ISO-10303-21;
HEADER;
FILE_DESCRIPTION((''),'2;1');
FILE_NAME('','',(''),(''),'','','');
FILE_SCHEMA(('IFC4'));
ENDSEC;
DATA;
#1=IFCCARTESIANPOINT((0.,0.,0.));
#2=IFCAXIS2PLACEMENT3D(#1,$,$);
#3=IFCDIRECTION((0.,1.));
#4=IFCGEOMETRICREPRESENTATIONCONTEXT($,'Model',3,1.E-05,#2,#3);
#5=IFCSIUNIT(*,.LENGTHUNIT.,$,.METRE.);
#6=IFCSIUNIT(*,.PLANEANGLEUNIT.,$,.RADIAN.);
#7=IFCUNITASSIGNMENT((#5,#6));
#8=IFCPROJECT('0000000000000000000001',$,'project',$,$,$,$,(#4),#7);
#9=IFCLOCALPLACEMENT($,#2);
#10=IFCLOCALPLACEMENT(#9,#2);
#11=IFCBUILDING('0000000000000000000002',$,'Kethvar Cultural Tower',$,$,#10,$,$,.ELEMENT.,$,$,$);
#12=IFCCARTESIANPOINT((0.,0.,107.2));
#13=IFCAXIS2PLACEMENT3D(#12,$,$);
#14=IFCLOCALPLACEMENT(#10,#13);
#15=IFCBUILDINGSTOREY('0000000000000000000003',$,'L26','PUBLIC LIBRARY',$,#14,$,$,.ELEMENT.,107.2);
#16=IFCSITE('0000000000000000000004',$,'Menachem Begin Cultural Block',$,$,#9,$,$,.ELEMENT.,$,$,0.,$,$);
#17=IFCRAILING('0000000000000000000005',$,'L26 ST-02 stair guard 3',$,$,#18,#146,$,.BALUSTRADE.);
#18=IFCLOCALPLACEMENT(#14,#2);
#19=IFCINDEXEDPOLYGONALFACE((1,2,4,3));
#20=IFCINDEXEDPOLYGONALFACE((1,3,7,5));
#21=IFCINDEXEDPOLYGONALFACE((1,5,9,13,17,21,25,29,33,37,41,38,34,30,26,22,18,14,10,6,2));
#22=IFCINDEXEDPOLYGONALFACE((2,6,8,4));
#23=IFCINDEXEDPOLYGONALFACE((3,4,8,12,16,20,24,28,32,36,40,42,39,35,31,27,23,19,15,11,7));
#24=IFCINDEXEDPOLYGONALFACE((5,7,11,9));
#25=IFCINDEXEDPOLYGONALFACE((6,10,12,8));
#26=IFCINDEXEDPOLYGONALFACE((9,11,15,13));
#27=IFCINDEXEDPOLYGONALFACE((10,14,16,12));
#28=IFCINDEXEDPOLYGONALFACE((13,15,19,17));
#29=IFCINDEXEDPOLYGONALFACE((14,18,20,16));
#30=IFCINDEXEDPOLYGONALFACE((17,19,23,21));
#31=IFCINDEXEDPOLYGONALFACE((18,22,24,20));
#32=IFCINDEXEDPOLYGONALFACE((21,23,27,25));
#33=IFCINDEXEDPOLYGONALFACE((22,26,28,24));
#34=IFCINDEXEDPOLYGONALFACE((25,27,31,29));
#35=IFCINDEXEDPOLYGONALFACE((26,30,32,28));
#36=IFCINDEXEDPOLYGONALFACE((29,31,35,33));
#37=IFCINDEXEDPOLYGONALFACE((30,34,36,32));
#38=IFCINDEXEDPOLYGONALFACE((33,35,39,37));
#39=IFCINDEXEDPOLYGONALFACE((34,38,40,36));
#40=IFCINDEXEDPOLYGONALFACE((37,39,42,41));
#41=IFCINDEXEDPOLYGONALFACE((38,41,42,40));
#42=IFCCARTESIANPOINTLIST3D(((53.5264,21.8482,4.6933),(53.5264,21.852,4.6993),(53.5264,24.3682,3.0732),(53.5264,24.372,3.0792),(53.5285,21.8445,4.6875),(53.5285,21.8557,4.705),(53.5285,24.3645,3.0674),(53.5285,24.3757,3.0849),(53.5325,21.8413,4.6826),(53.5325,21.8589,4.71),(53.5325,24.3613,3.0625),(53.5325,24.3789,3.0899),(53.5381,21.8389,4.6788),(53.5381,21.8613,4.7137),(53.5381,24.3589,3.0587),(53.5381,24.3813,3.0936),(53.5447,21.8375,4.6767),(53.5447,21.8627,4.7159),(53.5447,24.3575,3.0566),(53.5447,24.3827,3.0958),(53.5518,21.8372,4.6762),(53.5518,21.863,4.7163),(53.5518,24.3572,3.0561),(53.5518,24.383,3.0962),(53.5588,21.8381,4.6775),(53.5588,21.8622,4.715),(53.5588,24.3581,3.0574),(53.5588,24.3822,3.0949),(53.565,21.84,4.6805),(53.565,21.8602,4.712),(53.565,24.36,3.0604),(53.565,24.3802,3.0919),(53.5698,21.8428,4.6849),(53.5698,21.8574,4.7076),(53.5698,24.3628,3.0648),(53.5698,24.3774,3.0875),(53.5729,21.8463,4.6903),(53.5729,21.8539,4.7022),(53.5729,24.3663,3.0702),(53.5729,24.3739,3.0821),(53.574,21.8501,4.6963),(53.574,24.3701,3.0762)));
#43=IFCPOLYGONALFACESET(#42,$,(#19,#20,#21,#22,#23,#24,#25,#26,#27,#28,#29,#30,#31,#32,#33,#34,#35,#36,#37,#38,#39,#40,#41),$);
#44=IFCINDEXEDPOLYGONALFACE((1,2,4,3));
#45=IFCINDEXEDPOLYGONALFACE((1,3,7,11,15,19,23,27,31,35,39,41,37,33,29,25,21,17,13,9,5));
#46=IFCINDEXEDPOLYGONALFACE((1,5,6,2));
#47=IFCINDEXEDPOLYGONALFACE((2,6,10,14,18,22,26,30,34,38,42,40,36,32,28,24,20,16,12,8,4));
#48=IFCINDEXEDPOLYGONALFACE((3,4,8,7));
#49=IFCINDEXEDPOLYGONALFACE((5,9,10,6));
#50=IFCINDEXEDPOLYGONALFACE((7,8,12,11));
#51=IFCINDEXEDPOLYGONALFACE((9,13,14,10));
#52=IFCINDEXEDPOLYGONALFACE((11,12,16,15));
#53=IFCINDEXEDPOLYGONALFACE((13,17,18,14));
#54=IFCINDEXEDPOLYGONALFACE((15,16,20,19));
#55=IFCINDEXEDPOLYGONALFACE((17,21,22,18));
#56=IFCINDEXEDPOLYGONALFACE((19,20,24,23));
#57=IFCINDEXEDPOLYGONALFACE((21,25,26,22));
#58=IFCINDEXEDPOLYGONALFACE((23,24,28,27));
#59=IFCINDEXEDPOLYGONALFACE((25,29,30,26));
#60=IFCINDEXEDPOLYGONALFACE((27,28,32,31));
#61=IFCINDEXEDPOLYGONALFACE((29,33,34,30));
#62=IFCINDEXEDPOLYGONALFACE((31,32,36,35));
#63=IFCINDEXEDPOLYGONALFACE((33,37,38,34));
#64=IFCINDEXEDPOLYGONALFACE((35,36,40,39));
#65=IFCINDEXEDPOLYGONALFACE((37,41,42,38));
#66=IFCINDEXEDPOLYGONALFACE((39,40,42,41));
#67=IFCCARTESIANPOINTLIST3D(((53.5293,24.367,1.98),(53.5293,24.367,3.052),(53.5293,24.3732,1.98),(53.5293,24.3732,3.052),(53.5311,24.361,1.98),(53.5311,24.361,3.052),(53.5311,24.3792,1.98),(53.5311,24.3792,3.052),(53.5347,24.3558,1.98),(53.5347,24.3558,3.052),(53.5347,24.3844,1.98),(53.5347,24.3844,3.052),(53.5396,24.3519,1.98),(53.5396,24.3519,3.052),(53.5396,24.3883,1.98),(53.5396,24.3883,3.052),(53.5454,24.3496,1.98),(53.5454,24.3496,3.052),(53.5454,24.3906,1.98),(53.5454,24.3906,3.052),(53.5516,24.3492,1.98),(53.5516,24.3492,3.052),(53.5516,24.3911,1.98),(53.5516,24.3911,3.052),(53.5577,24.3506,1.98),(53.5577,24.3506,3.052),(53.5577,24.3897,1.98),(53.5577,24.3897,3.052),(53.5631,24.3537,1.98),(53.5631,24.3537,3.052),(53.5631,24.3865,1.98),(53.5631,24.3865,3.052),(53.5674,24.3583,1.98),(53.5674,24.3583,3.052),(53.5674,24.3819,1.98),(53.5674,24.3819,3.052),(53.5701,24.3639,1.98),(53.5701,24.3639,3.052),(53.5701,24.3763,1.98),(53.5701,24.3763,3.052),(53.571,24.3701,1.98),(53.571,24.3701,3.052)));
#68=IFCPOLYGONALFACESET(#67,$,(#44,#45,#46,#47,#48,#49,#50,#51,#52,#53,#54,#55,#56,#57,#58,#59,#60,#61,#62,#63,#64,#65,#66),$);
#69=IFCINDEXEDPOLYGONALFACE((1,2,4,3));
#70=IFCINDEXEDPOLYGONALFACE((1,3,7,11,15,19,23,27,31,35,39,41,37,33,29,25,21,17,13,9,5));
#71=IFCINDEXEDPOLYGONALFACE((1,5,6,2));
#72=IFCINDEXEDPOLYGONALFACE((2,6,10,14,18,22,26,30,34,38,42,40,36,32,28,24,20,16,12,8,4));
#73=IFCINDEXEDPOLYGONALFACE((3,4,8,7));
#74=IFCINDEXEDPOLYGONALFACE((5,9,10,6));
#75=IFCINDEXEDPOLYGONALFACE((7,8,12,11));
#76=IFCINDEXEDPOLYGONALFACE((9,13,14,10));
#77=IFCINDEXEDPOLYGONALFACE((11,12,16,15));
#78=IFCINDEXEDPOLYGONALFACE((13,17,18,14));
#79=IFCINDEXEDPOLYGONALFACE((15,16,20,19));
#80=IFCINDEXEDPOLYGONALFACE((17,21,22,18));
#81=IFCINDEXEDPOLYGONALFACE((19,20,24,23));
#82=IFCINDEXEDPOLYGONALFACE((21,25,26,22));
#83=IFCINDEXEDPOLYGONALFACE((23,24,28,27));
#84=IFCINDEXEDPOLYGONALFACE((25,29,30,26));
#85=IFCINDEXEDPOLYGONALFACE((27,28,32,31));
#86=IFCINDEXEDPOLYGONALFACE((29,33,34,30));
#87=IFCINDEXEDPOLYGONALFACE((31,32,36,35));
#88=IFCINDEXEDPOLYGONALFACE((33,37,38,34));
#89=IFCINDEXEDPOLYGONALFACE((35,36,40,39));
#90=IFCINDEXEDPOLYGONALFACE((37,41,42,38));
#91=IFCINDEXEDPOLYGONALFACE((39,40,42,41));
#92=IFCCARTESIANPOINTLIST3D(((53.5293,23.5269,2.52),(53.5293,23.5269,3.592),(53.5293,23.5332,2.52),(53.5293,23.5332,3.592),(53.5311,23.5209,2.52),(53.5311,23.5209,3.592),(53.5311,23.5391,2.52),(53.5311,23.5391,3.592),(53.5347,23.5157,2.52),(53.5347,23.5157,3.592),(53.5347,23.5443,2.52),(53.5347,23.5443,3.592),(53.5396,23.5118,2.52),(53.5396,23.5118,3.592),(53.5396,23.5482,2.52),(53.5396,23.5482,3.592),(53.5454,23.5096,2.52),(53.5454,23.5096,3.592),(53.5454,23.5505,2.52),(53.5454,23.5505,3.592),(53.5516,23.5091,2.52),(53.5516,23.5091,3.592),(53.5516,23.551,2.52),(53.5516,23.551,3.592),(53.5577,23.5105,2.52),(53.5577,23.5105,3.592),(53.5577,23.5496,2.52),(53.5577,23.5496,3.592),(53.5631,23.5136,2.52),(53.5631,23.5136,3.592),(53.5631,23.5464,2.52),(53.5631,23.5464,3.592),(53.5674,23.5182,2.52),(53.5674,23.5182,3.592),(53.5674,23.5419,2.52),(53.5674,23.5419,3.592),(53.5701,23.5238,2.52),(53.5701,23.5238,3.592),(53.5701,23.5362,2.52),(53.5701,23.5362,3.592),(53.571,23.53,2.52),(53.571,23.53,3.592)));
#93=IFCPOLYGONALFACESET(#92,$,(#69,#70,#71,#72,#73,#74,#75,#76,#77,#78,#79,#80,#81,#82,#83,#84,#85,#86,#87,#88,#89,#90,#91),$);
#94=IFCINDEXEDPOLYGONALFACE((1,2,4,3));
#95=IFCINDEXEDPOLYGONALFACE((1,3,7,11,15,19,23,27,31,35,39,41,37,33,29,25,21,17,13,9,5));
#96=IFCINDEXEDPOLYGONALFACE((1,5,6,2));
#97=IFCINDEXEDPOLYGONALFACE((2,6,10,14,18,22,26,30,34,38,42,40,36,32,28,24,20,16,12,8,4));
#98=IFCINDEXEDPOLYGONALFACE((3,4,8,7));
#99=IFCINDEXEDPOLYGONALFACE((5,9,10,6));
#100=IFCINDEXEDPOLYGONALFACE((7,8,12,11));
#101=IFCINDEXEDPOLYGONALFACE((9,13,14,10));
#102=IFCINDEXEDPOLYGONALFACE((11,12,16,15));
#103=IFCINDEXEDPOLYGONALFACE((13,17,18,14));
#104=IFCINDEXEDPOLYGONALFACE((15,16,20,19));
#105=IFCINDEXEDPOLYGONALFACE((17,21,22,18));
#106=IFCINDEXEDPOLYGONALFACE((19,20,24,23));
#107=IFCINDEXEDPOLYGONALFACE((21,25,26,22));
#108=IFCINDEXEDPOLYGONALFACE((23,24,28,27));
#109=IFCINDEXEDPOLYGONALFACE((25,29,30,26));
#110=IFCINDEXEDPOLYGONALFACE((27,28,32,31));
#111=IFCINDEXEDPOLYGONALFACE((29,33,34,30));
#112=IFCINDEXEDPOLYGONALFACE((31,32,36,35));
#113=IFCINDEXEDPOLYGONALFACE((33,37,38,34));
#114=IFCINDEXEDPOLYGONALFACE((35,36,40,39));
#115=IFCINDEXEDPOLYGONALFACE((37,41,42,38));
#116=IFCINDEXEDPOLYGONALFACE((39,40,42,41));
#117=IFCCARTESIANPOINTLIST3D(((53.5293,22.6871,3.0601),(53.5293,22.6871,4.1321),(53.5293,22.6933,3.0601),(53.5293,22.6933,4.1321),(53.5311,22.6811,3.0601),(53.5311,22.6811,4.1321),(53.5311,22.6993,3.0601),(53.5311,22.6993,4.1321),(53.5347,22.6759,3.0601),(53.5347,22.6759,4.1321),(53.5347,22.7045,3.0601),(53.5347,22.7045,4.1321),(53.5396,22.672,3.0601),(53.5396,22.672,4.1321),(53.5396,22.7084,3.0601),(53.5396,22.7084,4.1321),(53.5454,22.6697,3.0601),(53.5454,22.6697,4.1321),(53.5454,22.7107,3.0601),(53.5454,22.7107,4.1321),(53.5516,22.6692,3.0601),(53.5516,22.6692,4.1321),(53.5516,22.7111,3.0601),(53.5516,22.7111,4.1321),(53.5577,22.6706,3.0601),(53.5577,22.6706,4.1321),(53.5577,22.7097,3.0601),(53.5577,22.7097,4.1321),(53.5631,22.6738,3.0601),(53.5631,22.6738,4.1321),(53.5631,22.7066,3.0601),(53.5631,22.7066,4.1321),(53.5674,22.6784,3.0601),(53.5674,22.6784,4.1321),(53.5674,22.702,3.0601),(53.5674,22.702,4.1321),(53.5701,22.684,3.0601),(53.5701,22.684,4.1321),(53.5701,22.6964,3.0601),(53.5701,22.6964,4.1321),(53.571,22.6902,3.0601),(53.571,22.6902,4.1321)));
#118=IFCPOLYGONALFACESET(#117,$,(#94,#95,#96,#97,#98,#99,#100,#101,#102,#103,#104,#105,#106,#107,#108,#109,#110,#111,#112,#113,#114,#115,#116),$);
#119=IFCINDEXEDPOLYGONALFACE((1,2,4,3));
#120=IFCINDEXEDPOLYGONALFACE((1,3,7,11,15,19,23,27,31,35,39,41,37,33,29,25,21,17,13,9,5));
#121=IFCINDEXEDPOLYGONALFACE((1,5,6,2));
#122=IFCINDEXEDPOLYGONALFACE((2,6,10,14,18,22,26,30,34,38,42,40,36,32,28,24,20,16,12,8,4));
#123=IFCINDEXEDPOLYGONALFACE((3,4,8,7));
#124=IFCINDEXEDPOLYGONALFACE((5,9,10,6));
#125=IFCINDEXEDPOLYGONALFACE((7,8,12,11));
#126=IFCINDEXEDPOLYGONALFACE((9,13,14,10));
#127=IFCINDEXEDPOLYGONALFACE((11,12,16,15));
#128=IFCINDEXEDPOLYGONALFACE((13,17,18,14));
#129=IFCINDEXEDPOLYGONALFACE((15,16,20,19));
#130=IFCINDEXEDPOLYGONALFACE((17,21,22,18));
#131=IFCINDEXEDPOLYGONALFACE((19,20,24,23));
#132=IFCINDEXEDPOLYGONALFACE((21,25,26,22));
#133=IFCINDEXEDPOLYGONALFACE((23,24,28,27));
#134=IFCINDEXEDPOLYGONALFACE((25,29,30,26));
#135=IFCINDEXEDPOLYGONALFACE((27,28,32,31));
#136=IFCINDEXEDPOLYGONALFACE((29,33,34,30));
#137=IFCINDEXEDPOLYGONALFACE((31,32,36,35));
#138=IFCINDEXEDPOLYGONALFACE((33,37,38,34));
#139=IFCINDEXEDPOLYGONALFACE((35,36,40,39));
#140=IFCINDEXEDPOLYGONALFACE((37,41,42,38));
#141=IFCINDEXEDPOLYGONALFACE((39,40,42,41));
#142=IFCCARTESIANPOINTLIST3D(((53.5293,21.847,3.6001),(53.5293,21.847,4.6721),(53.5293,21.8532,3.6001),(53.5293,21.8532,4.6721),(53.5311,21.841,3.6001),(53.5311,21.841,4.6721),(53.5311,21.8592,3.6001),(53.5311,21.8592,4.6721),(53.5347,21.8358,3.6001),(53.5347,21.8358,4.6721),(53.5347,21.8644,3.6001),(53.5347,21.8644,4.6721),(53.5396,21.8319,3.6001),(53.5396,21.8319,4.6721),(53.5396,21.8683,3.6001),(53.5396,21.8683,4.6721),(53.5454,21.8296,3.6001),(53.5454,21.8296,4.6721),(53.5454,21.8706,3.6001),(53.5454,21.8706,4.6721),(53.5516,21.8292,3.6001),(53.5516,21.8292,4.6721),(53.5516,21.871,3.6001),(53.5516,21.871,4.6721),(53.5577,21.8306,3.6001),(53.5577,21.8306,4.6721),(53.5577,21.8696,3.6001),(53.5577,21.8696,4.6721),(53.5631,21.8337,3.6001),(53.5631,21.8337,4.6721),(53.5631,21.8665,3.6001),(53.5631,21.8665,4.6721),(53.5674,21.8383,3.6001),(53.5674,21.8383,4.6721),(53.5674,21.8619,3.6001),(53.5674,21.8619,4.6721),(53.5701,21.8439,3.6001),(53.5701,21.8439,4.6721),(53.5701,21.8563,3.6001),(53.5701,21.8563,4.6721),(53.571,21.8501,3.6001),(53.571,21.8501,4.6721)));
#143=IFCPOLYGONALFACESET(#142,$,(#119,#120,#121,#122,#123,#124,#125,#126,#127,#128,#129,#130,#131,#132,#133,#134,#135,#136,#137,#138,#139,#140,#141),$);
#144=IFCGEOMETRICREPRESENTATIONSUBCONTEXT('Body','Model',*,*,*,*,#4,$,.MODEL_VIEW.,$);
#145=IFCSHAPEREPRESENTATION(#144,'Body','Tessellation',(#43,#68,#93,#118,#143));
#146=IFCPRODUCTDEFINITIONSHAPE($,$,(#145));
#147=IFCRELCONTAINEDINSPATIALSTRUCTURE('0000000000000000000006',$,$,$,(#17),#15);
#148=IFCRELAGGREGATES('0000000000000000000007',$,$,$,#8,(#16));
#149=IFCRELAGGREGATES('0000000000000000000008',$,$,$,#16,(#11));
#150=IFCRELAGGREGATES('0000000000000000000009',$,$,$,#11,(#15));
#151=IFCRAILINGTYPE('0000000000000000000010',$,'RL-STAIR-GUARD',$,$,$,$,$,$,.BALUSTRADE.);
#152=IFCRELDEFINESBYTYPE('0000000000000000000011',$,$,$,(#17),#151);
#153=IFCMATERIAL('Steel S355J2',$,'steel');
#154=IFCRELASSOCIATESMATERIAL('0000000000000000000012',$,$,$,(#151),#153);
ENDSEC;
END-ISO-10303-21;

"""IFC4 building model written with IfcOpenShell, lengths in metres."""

from ifc_helpers import new_model, si_unit, direction, frame, origin, origin_2d, place, context, subcontext, project, spatial, circle, extrude, material, type_object, element, save


model = new_model("IFC4")

# Units and contexts
model_context = context("Model", 3, precision=1e-05, world=origin(), true_north=direction((0.0, 1.0)))
body_context = subcontext(model_context, "Body", "Model", "MODEL_VIEW")
ifc_project = project(units=[si_unit("LENGTHUNIT", "METRE"), si_unit("PLANEANGLEUNIT", "RADIAN")], contexts=[model_context])

# Site, building, storey
site_placement = place(None, origin())
site = spatial("IfcSite", under=ifc_project, at=site_placement, Name="Menachem Begin Cultural Block", CompositionType="ELEMENT", RefElevation=0.0)
building_placement = place(site_placement, origin())
building = spatial("IfcBuilding", under=site, at=building_placement, Name="Kethvar Cultural Tower", CompositionType="ELEMENT")
storey_placement = place(building_placement, frame((0.0, 0.0, 107.2)))
storey = spatial("IfcBuildingStorey", under=building, at=storey_placement, Name="L26", Description="PUBLIC LIBRARY", CompositionType="ELEMENT", Elevation=107.2)

# Shared definitions
ifc_material_1 = material(Name="Steel S355J2", Category="steel")

# Railing
railing_type_1 = type_object("IfcRailingType", Name="RL-STAIR-GUARD", PredefinedType="BALUSTRADE", material=ifc_material_1)
railing_1_placement = place(storey_placement, frame((53.55, 24.3701, 1.98)))
element("IfcRailing", 1, at=railing_1_placement, inside=storey, type_object=railing_type_1, Name="L26 ST-02 stair guard 3", PredefinedType="BALUSTRADE", context=body_context, shape_type="SweptSolid", body=[
    extrude(circle(Radius=0.0239, at=origin_2d()), frame((0.0, 0.0, 1.0962), z_axis=(0.0, -0.841163, 0.540782), x_axis=(1.0, 0.0, 0.0)), (0.0, 0.0, 1.0), 2.9958),
    extrude(circle(Radius=0.021, at=origin_2d()), origin(), (0.0, 0.0, 1.0), 1.072),
    extrude(circle(Radius=0.021, at=origin_2d()), frame((0.0, -0.8401, 0.54)), (0.0, 0.0, 1.0), 1.072),
    extrude(circle(Radius=0.021, at=origin_2d()), frame((0.0, -1.6799, 1.0801)), (0.0, 0.0, 1.0), 1.072),
    extrude(circle(Radius=0.021, at=origin_2d()), frame((0.0, -2.52, 1.6201)), (0.0, 0.0, 1.0), 1.072),
])

save(model, "model.ifc")
